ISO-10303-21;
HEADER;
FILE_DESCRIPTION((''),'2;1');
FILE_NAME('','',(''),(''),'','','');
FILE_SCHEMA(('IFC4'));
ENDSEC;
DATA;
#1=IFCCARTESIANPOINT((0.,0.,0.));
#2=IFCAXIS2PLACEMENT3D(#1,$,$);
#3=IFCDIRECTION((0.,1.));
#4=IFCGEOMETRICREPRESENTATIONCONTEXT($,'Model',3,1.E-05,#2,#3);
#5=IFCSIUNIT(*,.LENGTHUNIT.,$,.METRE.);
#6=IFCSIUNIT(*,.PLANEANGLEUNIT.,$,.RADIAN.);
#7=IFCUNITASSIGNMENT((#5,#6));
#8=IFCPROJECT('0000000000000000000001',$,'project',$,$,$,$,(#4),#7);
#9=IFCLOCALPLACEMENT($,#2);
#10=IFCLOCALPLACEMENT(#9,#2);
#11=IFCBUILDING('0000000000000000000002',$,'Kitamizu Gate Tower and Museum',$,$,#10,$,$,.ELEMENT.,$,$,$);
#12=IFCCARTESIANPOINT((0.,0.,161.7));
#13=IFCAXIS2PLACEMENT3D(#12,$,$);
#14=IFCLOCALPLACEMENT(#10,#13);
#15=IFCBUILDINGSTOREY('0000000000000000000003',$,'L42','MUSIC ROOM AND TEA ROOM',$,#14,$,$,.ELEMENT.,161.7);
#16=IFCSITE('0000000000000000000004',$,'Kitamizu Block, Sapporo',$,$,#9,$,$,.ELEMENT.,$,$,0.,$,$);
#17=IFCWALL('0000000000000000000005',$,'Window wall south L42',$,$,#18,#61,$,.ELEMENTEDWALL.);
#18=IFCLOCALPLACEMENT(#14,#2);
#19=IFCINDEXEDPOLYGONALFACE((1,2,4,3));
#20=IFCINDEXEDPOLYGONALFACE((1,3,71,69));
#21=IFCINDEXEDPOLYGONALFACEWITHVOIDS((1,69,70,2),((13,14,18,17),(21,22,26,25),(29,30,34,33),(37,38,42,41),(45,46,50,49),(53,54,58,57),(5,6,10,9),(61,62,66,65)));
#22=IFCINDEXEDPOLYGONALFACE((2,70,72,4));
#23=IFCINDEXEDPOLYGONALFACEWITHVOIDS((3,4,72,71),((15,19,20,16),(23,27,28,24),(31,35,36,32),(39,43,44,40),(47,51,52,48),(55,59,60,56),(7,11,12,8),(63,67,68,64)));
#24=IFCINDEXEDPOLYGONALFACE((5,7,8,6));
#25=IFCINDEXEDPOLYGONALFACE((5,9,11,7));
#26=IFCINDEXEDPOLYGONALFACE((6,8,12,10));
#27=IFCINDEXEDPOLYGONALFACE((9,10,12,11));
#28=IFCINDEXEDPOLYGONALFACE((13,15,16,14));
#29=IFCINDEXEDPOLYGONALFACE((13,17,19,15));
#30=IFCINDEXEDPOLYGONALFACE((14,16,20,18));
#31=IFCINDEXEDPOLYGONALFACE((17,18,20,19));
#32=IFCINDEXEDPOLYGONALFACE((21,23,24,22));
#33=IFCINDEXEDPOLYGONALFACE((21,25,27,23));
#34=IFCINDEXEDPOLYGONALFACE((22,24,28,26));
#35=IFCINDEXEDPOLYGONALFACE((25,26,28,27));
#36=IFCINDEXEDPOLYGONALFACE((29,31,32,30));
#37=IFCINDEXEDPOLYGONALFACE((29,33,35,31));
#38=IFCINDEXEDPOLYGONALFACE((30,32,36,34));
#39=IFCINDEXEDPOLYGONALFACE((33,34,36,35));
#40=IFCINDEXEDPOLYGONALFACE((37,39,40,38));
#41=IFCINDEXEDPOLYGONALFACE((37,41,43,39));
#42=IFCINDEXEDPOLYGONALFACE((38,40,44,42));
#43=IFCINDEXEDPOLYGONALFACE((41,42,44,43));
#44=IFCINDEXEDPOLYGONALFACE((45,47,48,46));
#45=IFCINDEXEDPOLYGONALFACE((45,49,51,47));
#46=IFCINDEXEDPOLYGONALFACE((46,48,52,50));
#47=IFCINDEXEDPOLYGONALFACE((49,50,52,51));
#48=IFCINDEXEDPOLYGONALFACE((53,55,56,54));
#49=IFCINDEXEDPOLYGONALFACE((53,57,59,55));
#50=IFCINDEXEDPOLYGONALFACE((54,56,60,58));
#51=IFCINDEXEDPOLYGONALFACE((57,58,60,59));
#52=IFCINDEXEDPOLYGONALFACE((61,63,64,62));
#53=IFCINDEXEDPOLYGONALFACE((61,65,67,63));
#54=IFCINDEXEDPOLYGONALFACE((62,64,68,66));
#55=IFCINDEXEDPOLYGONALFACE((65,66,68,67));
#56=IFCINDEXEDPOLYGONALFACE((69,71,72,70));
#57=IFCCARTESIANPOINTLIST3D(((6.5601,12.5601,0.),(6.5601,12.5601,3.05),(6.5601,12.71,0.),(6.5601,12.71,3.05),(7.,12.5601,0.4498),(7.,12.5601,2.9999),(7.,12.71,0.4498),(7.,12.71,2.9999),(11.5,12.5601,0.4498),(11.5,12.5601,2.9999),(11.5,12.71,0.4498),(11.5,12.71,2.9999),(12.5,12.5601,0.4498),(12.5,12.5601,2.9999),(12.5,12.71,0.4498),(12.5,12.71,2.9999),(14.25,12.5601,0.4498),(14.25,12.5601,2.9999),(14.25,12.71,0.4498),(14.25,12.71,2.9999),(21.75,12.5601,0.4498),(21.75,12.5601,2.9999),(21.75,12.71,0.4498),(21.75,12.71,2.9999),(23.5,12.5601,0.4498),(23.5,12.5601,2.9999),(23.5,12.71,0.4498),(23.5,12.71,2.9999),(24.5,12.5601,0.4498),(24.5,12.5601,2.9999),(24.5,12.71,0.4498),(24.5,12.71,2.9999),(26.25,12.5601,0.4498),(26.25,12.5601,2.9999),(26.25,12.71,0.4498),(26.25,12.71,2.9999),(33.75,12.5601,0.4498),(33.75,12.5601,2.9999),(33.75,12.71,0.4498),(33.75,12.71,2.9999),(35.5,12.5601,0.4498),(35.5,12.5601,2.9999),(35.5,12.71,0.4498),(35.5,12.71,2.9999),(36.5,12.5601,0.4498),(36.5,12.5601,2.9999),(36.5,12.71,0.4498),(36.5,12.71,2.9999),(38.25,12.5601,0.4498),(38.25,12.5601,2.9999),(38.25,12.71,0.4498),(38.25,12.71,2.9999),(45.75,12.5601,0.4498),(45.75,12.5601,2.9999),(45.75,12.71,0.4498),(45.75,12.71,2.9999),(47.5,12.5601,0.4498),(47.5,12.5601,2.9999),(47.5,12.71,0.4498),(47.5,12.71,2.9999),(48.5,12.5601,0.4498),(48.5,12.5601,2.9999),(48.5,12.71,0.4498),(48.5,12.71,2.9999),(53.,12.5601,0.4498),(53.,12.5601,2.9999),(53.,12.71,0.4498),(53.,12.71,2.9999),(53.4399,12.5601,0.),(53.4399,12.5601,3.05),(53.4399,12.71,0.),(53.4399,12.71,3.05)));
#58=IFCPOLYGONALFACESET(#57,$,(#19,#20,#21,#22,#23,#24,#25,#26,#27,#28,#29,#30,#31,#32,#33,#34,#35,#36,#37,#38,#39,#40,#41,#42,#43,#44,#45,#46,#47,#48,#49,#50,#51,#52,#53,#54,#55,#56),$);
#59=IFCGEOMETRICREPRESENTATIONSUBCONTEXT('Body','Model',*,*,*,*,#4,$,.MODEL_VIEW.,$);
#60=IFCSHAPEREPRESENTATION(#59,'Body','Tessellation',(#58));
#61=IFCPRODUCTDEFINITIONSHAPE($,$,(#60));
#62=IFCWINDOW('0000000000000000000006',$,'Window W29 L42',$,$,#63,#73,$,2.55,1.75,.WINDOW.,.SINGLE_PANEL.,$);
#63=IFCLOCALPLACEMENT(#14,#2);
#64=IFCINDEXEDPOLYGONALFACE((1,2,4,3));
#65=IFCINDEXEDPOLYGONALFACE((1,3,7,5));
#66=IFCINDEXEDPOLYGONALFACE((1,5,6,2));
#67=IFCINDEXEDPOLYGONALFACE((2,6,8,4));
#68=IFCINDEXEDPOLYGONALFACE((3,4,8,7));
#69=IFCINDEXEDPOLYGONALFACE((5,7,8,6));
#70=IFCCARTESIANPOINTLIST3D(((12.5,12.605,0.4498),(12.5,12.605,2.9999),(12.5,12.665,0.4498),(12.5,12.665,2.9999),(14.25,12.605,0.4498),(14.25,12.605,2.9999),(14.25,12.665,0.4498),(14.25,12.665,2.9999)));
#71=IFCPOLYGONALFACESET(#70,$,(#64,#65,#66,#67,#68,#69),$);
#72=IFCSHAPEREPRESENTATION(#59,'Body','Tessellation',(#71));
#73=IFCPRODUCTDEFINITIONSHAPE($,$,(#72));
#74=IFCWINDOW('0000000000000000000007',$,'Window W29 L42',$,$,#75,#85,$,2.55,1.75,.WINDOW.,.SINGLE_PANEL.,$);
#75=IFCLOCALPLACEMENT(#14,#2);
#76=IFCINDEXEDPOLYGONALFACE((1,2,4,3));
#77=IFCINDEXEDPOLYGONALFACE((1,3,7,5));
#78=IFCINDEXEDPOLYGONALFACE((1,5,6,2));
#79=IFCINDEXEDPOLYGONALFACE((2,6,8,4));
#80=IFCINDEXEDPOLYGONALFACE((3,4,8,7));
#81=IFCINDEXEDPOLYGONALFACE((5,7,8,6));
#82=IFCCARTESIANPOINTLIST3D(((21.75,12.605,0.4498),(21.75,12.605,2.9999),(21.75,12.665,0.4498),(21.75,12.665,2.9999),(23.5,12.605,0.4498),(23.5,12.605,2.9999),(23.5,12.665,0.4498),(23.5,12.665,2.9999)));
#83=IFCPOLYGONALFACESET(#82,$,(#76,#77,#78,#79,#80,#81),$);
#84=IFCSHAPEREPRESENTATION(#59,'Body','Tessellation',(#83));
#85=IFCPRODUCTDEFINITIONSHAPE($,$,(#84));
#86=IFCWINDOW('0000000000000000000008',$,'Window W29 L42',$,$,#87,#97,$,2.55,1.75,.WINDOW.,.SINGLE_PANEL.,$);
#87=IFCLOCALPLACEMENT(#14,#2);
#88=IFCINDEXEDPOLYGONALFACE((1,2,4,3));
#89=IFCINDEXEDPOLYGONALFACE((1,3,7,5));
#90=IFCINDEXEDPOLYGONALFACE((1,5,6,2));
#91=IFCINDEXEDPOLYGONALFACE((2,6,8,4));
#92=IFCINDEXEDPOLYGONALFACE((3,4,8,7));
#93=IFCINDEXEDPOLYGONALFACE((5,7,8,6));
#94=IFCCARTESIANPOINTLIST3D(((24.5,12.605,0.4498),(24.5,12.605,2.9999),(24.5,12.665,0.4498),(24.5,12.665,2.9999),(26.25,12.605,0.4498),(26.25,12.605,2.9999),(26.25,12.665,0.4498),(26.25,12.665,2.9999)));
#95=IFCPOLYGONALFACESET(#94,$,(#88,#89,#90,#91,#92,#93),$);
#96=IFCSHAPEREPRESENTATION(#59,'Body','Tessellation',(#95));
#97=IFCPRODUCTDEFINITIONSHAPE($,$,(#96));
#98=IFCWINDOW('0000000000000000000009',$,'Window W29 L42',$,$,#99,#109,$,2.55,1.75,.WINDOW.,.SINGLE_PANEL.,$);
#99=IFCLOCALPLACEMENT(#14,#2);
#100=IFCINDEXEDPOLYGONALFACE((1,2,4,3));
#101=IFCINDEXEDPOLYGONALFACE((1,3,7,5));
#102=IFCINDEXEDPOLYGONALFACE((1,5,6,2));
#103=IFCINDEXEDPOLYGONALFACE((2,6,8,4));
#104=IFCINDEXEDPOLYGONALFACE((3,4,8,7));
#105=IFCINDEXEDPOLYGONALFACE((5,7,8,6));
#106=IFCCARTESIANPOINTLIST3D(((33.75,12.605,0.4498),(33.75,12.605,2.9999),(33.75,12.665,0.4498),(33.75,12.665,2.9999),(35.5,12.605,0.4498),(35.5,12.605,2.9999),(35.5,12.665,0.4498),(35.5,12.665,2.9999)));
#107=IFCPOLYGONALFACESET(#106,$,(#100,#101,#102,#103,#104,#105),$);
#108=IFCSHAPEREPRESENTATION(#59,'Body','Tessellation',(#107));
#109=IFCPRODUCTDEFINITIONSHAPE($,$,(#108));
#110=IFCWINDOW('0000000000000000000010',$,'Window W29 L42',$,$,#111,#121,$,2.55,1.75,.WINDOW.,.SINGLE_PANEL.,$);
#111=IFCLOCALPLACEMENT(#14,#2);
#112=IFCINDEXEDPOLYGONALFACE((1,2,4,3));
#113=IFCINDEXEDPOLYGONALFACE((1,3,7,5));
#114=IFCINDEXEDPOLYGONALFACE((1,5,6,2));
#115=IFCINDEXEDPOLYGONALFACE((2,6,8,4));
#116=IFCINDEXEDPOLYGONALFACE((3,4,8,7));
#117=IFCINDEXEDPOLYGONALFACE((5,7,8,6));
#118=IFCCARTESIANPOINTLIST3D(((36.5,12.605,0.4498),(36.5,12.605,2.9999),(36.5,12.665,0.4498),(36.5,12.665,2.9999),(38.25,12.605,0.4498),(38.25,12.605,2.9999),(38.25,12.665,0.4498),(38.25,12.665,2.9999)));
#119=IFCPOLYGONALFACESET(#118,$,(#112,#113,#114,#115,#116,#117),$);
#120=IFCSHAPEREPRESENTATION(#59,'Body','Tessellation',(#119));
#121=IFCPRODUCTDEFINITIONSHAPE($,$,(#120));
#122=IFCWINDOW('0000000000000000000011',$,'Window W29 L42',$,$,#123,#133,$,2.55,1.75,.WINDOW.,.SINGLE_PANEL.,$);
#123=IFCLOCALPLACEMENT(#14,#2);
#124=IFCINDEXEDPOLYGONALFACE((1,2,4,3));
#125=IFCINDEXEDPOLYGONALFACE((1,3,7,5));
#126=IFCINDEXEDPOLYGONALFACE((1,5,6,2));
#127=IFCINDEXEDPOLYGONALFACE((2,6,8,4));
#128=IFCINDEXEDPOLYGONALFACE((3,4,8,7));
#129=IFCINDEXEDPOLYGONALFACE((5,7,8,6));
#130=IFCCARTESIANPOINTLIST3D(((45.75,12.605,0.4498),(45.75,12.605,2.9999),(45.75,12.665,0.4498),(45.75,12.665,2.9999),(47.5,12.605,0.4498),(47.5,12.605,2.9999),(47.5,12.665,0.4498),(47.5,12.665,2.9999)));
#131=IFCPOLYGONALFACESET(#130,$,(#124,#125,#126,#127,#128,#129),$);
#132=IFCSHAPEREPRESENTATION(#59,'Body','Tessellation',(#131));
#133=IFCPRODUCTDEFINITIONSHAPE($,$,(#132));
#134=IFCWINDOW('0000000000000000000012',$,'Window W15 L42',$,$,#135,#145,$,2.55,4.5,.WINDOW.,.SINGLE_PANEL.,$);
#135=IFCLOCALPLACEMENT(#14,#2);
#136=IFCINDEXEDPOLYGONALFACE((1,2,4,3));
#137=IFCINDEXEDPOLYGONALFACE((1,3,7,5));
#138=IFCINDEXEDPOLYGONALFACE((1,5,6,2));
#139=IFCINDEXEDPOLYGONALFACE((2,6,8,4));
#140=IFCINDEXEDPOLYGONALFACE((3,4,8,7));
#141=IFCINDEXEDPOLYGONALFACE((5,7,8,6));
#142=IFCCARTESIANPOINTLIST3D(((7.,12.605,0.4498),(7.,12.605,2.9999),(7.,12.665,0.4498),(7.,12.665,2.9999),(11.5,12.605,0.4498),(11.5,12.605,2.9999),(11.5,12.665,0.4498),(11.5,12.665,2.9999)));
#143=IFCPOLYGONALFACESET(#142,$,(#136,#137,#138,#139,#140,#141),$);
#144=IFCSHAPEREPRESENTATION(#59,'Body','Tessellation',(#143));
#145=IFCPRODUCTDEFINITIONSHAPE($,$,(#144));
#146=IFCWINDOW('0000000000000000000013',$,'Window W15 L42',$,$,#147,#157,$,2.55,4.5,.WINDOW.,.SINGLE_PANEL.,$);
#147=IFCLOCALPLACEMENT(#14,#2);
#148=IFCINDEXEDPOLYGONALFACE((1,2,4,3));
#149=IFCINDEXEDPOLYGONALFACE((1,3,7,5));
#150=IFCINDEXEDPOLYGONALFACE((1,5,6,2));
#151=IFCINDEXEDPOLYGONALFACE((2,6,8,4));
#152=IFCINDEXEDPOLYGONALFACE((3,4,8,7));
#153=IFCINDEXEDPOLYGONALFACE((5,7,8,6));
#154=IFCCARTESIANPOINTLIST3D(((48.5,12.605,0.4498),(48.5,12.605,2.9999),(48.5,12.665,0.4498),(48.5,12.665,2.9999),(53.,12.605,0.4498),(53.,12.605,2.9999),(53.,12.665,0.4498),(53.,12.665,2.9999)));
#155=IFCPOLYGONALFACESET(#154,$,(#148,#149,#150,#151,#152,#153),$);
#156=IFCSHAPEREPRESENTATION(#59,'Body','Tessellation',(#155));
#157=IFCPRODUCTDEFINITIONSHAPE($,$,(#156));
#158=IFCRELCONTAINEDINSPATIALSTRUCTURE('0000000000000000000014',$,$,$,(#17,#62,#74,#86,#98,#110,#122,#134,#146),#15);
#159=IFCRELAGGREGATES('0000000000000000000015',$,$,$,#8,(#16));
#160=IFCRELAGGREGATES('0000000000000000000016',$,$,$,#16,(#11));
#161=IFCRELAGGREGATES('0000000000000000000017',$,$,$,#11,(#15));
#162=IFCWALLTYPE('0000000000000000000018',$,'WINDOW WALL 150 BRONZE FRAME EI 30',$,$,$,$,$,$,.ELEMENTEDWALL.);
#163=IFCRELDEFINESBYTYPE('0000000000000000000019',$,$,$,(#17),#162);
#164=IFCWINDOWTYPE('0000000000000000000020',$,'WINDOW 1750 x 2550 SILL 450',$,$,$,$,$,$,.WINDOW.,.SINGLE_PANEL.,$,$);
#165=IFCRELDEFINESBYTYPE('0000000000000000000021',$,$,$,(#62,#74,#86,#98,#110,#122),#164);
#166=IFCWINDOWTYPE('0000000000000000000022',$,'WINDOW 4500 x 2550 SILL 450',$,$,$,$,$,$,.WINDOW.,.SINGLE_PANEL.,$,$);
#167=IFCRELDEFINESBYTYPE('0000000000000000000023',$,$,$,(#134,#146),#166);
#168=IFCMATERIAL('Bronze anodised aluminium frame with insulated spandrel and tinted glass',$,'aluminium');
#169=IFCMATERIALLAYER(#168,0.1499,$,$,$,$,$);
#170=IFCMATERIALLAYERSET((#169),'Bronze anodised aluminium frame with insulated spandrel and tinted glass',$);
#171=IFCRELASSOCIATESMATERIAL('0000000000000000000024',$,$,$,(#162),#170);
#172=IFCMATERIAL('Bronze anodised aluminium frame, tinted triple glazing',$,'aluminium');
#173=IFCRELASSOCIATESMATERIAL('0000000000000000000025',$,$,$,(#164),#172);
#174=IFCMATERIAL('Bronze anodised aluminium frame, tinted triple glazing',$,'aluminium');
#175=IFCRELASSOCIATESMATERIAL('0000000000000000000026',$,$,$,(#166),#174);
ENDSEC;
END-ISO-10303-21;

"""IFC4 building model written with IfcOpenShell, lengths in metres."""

from ifc_helpers import new_model, si_unit, direction, frame, frame_2d, origin, place, context, subcontext, project, spatial, rectangle, extrude, material, layer, layer_set, type_object, element, fill, save


model = new_model("IFC4")

# Units and contexts
model_context = context("Model", 3, precision=1e-05, world=origin(), true_north=direction((0.0, 1.0)))
body_context = subcontext(model_context, "Body", "Model", "MODEL_VIEW")
ifc_project = project(units=[si_unit("LENGTHUNIT", "METRE"), si_unit("PLANEANGLEUNIT", "RADIAN")], contexts=[model_context])

# Site, building, storey
site_placement = place(None, origin())
site = spatial("IfcSite", under=ifc_project, at=site_placement, Name="Kitamizu Block, Sapporo", CompositionType="ELEMENT", RefElevation=0.0)
building_placement = place(site_placement, origin())
building = spatial("IfcBuilding", under=site, at=building_placement, Name="Kitamizu Gate Tower and Museum", CompositionType="ELEMENT")
storey_placement = place(building_placement, frame((0.0, 0.0, 161.7)))
storey = spatial("IfcBuildingStorey", under=building, at=storey_placement, Name="L42", Description="MUSIC ROOM AND TEA ROOM", CompositionType="ELEMENT", Elevation=161.7)

# Wall, openings, windows
ifc_material_1 = material(Name="Bronze anodised aluminium frame with insulated spandrel and tinted glass", Category="aluminium")
ifc_layer_1 = layer(ifc_material_1, 0.1499)
ifc_layer_set_1 = layer_set([ifc_layer_1], Name="Bronze anodised aluminium frame with insulated spandrel and tinted glass")
wall_type_1 = type_object("IfcWallType", Name="WINDOW WALL 150 BRONZE FRAME EI 30", PredefinedType="ELEMENTEDWALL", material=ifc_layer_set_1)
wall_1_placement = place(storey_placement, frame((6.5601, 12.635, 0.0), z_axis=(0.0, 0.0, 1.0), x_axis=(1.0, 0.0, 0.0)))
wall_1 = element("IfcWall", 1, at=wall_1_placement, inside=storey, type_object=wall_type_1, Name="Window wall south L42", PredefinedType="ELEMENTEDWALL", context=body_context, shape_type="SweptSolid", body=[
    extrude(rectangle(XDim=46.8799, YDim=0.1499, at=frame_2d((23.4399, 0.0))), origin(), (0.0, 0.0, 1.0), 3.05),
])
opening_1_placement = place(wall_1_placement, frame((0.4399, 0.0, 0.45)))
opening_1 = element("IfcOpeningElement", 2, at=opening_1_placement, cuts=wall_1, PredefinedType="OPENING", context=body_context, shape_type="SweptSolid", body=[
    extrude(rectangle(XDim=4.5, YDim=2.55, at=frame_2d((2.25, 1.2749))), frame((0.0, 0.085, 0.0), z_axis=(0.0, -1.0, 0.0), x_axis=(1.0, 0.0, 0.0)), (0.0, 0.0, 1.0), 0.1699),
])
opening_2_placement = place(wall_1_placement, frame((5.9399, 0.0, 0.45)))
opening_2 = element("IfcOpeningElement", 3, at=opening_2_placement, cuts=wall_1, PredefinedType="OPENING", context=body_context, shape_type="SweptSolid", body=[
    extrude(rectangle(XDim=1.75, YDim=2.55, at=frame_2d((0.875, 1.2749))), frame((0.0, 0.085, 0.0), z_axis=(0.0, -1.0, 0.0), x_axis=(1.0, 0.0, 0.0)), (0.0, 0.0, 1.0), 0.1699),
])
opening_3_placement = place(wall_1_placement, frame((15.1899, 0.0, 0.45)))
opening_3 = element("IfcOpeningElement", 4, at=opening_3_placement, cuts=wall_1, PredefinedType="OPENING", context=body_context, shape_type="SweptSolid", body=[
    extrude(rectangle(XDim=1.75, YDim=2.55, at=frame_2d((0.875, 1.2749))), frame((0.0, 0.085, 0.0), z_axis=(0.0, -1.0, 0.0), x_axis=(1.0, 0.0, 0.0)), (0.0, 0.0, 1.0), 0.1699),
])
opening_4_placement = place(wall_1_placement, frame((17.9399, 0.0, 0.45)))
opening_4 = element("IfcOpeningElement", 5, at=opening_4_placement, cuts=wall_1, PredefinedType="OPENING", context=body_context, shape_type="SweptSolid", body=[
    extrude(rectangle(XDim=1.75, YDim=2.55, at=frame_2d((0.875, 1.2749))), frame((0.0, 0.085, 0.0), z_axis=(0.0, -1.0, 0.0), x_axis=(1.0, 0.0, 0.0)), (0.0, 0.0, 1.0), 0.1699),
])
opening_5_placement = place(wall_1_placement, frame((27.1899, 0.0, 0.45)))
opening_5 = element("IfcOpeningElement", 6, at=opening_5_placement, cuts=wall_1, PredefinedType="OPENING", context=body_context, shape_type="SweptSolid", body=[
    extrude(rectangle(XDim=1.75, YDim=2.55, at=frame_2d((0.875, 1.2749))), frame((0.0, 0.085, 0.0), z_axis=(0.0, -1.0, 0.0), x_axis=(1.0, 0.0, 0.0)), (0.0, 0.0, 1.0), 0.1699),
])
opening_6_placement = place(wall_1_placement, frame((29.9399, 0.0, 0.45)))
opening_6 = element("IfcOpeningElement", 7, at=opening_6_placement, cuts=wall_1, PredefinedType="OPENING", context=body_context, shape_type="SweptSolid", body=[
    extrude(rectangle(XDim=1.75, YDim=2.55, at=frame_2d((0.875, 1.2749))), frame((0.0, 0.085, 0.0), z_axis=(0.0, -1.0, 0.0), x_axis=(1.0, 0.0, 0.0)), (0.0, 0.0, 1.0), 0.1699),
])
opening_7_placement = place(wall_1_placement, frame((39.1899, 0.0, 0.45)))
opening_7 = element("IfcOpeningElement", 8, at=opening_7_placement, cuts=wall_1, PredefinedType="OPENING", context=body_context, shape_type="SweptSolid", body=[
    extrude(rectangle(XDim=1.75, YDim=2.55, at=frame_2d((0.875, 1.2749))), frame((0.0, 0.085, 0.0), z_axis=(0.0, -1.0, 0.0), x_axis=(1.0, 0.0, 0.0)), (0.0, 0.0, 1.0), 0.1699),
])
opening_8_placement = place(wall_1_placement, frame((41.9399, 0.0, 0.45)))
opening_8 = element("IfcOpeningElement", 9, at=opening_8_placement, cuts=wall_1, PredefinedType="OPENING", context=body_context, shape_type="SweptSolid", body=[
    extrude(rectangle(XDim=4.5, YDim=2.55, at=frame_2d((2.25, 1.2749))), frame((0.0, 0.085, 0.0), z_axis=(0.0, -1.0, 0.0), x_axis=(1.0, 0.0, 0.0)), (0.0, 0.0, 1.0), 0.1699),
])
ifc_material_2 = material(Name="Bronze anodised aluminium frame, tinted triple glazing", Category="aluminium")
window_type_1 = type_object("IfcWindowType", Name="WINDOW 1750 x 2550 SILL 450", PartitioningType="SINGLE_PANEL", PredefinedType="WINDOW", material=ifc_material_2)
window_1_placement = place(opening_2_placement, origin())
window_1 = element("IfcWindow", 10, at=window_1_placement, inside=storey, type_object=window_type_1, Name="Window W29 L42", OverallHeight=2.55, OverallWidth=1.75, PartitioningType="SINGLE_PANEL", PredefinedType="WINDOW", context=body_context, shape_type="SweptSolid", body=[
    extrude(rectangle(XDim=1.75, YDim=2.55, at=frame_2d((0.875, 1.2749))), frame((0.0, 0.03, 0.0), z_axis=(0.0, -1.0, 0.0), x_axis=(1.0, 0.0, 0.0)), (0.0, 0.0, 1.0), 0.0601),
])
fill(opening_2, window_1)
window_2_placement = place(opening_3_placement, origin())
window_2 = element("IfcWindow", 11, at=window_2_placement, inside=storey, type_object=window_type_1, Name="Window W29 L42", OverallHeight=2.55, OverallWidth=1.75, PartitioningType="SINGLE_PANEL", PredefinedType="WINDOW", context=body_context, shape_type="SweptSolid", body=[
    extrude(rectangle(XDim=1.75, YDim=2.55, at=frame_2d((0.875, 1.2749))), frame((0.0, 0.03, 0.0), z_axis=(0.0, -1.0, 0.0), x_axis=(1.0, 0.0, 0.0)), (0.0, 0.0, 1.0), 0.0601),
])
fill(opening_3, window_2)
window_3_placement = place(opening_4_placement, origin())
window_3 = element("IfcWindow", 12, at=window_3_placement, inside=storey, type_object=window_type_1, Name="Window W29 L42", OverallHeight=2.55, OverallWidth=1.75, PartitioningType="SINGLE_PANEL", PredefinedType="WINDOW", context=body_context, shape_type="SweptSolid", body=[
    extrude(rectangle(XDim=1.75, YDim=2.55, at=frame_2d((0.875, 1.2749))), frame((0.0, 0.03, 0.0), z_axis=(0.0, -1.0, 0.0), x_axis=(1.0, 0.0, 0.0)), (0.0, 0.0, 1.0), 0.0601),
])
fill(opening_4, window_3)
window_4_placement = place(opening_5_placement, origin())
window_4 = element("IfcWindow", 13, at=window_4_placement, inside=storey, type_object=window_type_1, Name="Window W29 L42", OverallHeight=2.55, OverallWidth=1.75, PartitioningType="SINGLE_PANEL", PredefinedType="WINDOW", context=body_context, shape_type="SweptSolid", body=[
    extrude(rectangle(XDim=1.75, YDim=2.55, at=frame_2d((0.875, 1.2749))), frame((0.0, 0.03, 0.0), z_axis=(0.0, -1.0, 0.0), x_axis=(1.0, 0.0, 0.0)), (0.0, 0.0, 1.0), 0.0601),
])
fill(opening_5, window_4)
window_5_placement = place(opening_6_placement, origin())
window_5 = element("IfcWindow", 14, at=window_5_placement, inside=storey, type_object=window_type_1, Name="Window W29 L42", OverallHeight=2.55, OverallWidth=1.75, PartitioningType="SINGLE_PANEL", PredefinedType="WINDOW", context=body_context, shape_type="SweptSolid", body=[
    extrude(rectangle(XDim=1.75, YDim=2.55, at=frame_2d((0.875, 1.2749))), frame((0.0, 0.03, 0.0), z_axis=(0.0, -1.0, 0.0), x_axis=(1.0, 0.0, 0.0)), (0.0, 0.0, 1.0), 0.0601),
])
fill(opening_6, window_5)
window_6_placement = place(opening_7_placement, origin())
window_6 = element("IfcWindow", 15, at=window_6_placement, inside=storey, type_object=window_type_1, Name="Window W29 L42", OverallHeight=2.55, OverallWidth=1.75, PartitioningType="SINGLE_PANEL", PredefinedType="WINDOW", context=body_context, shape_type="SweptSolid", body=[
    extrude(rectangle(XDim=1.75, YDim=2.55, at=frame_2d((0.875, 1.2749))), frame((0.0, 0.03, 0.0), z_axis=(0.0, -1.0, 0.0), x_axis=(1.0, 0.0, 0.0)), (0.0, 0.0, 1.0), 0.0601),
])
fill(opening_7, window_6)
ifc_material_3 = material(Name="Bronze anodised aluminium frame, tinted triple glazing", Category="aluminium")
window_type_2 = type_object("IfcWindowType", Name="WINDOW 4500 x 2550 SILL 450", PartitioningType="SINGLE_PANEL", PredefinedType="WINDOW", material=ifc_material_3)
window_7_placement = place(opening_1_placement, origin())
window_7 = element("IfcWindow", 16, at=window_7_placement, inside=storey, type_object=window_type_2, Name="Window W15 L42", OverallHeight=2.55, OverallWidth=4.5, PartitioningType="SINGLE_PANEL", PredefinedType="WINDOW", context=body_context, shape_type="SweptSolid", body=[
    extrude(rectangle(XDim=4.5, YDim=2.55, at=frame_2d((2.25, 1.2749))), frame((0.0, 0.03, 0.0), z_axis=(0.0, -1.0, 0.0), x_axis=(1.0, 0.0, 0.0)), (0.0, 0.0, 1.0), 0.0601),
])
fill(opening_1, window_7)
window_8_placement = place(opening_8_placement, origin())
window_8 = element("IfcWindow", 17, at=window_8_placement, inside=storey, type_object=window_type_2, Name="Window W15 L42", OverallHeight=2.55, OverallWidth=4.5, PartitioningType="SINGLE_PANEL", PredefinedType="WINDOW", context=body_context, shape_type="SweptSolid", body=[
    extrude(rectangle(XDim=4.5, YDim=2.55, at=frame_2d((2.25, 1.2749))), frame((0.0, 0.03, 0.0), z_axis=(0.0, -1.0, 0.0), x_axis=(1.0, 0.0, 0.0)), (0.0, 0.0, 1.0), 0.0601),
])
fill(opening_8, window_8)

save(model, "model.ifc")
